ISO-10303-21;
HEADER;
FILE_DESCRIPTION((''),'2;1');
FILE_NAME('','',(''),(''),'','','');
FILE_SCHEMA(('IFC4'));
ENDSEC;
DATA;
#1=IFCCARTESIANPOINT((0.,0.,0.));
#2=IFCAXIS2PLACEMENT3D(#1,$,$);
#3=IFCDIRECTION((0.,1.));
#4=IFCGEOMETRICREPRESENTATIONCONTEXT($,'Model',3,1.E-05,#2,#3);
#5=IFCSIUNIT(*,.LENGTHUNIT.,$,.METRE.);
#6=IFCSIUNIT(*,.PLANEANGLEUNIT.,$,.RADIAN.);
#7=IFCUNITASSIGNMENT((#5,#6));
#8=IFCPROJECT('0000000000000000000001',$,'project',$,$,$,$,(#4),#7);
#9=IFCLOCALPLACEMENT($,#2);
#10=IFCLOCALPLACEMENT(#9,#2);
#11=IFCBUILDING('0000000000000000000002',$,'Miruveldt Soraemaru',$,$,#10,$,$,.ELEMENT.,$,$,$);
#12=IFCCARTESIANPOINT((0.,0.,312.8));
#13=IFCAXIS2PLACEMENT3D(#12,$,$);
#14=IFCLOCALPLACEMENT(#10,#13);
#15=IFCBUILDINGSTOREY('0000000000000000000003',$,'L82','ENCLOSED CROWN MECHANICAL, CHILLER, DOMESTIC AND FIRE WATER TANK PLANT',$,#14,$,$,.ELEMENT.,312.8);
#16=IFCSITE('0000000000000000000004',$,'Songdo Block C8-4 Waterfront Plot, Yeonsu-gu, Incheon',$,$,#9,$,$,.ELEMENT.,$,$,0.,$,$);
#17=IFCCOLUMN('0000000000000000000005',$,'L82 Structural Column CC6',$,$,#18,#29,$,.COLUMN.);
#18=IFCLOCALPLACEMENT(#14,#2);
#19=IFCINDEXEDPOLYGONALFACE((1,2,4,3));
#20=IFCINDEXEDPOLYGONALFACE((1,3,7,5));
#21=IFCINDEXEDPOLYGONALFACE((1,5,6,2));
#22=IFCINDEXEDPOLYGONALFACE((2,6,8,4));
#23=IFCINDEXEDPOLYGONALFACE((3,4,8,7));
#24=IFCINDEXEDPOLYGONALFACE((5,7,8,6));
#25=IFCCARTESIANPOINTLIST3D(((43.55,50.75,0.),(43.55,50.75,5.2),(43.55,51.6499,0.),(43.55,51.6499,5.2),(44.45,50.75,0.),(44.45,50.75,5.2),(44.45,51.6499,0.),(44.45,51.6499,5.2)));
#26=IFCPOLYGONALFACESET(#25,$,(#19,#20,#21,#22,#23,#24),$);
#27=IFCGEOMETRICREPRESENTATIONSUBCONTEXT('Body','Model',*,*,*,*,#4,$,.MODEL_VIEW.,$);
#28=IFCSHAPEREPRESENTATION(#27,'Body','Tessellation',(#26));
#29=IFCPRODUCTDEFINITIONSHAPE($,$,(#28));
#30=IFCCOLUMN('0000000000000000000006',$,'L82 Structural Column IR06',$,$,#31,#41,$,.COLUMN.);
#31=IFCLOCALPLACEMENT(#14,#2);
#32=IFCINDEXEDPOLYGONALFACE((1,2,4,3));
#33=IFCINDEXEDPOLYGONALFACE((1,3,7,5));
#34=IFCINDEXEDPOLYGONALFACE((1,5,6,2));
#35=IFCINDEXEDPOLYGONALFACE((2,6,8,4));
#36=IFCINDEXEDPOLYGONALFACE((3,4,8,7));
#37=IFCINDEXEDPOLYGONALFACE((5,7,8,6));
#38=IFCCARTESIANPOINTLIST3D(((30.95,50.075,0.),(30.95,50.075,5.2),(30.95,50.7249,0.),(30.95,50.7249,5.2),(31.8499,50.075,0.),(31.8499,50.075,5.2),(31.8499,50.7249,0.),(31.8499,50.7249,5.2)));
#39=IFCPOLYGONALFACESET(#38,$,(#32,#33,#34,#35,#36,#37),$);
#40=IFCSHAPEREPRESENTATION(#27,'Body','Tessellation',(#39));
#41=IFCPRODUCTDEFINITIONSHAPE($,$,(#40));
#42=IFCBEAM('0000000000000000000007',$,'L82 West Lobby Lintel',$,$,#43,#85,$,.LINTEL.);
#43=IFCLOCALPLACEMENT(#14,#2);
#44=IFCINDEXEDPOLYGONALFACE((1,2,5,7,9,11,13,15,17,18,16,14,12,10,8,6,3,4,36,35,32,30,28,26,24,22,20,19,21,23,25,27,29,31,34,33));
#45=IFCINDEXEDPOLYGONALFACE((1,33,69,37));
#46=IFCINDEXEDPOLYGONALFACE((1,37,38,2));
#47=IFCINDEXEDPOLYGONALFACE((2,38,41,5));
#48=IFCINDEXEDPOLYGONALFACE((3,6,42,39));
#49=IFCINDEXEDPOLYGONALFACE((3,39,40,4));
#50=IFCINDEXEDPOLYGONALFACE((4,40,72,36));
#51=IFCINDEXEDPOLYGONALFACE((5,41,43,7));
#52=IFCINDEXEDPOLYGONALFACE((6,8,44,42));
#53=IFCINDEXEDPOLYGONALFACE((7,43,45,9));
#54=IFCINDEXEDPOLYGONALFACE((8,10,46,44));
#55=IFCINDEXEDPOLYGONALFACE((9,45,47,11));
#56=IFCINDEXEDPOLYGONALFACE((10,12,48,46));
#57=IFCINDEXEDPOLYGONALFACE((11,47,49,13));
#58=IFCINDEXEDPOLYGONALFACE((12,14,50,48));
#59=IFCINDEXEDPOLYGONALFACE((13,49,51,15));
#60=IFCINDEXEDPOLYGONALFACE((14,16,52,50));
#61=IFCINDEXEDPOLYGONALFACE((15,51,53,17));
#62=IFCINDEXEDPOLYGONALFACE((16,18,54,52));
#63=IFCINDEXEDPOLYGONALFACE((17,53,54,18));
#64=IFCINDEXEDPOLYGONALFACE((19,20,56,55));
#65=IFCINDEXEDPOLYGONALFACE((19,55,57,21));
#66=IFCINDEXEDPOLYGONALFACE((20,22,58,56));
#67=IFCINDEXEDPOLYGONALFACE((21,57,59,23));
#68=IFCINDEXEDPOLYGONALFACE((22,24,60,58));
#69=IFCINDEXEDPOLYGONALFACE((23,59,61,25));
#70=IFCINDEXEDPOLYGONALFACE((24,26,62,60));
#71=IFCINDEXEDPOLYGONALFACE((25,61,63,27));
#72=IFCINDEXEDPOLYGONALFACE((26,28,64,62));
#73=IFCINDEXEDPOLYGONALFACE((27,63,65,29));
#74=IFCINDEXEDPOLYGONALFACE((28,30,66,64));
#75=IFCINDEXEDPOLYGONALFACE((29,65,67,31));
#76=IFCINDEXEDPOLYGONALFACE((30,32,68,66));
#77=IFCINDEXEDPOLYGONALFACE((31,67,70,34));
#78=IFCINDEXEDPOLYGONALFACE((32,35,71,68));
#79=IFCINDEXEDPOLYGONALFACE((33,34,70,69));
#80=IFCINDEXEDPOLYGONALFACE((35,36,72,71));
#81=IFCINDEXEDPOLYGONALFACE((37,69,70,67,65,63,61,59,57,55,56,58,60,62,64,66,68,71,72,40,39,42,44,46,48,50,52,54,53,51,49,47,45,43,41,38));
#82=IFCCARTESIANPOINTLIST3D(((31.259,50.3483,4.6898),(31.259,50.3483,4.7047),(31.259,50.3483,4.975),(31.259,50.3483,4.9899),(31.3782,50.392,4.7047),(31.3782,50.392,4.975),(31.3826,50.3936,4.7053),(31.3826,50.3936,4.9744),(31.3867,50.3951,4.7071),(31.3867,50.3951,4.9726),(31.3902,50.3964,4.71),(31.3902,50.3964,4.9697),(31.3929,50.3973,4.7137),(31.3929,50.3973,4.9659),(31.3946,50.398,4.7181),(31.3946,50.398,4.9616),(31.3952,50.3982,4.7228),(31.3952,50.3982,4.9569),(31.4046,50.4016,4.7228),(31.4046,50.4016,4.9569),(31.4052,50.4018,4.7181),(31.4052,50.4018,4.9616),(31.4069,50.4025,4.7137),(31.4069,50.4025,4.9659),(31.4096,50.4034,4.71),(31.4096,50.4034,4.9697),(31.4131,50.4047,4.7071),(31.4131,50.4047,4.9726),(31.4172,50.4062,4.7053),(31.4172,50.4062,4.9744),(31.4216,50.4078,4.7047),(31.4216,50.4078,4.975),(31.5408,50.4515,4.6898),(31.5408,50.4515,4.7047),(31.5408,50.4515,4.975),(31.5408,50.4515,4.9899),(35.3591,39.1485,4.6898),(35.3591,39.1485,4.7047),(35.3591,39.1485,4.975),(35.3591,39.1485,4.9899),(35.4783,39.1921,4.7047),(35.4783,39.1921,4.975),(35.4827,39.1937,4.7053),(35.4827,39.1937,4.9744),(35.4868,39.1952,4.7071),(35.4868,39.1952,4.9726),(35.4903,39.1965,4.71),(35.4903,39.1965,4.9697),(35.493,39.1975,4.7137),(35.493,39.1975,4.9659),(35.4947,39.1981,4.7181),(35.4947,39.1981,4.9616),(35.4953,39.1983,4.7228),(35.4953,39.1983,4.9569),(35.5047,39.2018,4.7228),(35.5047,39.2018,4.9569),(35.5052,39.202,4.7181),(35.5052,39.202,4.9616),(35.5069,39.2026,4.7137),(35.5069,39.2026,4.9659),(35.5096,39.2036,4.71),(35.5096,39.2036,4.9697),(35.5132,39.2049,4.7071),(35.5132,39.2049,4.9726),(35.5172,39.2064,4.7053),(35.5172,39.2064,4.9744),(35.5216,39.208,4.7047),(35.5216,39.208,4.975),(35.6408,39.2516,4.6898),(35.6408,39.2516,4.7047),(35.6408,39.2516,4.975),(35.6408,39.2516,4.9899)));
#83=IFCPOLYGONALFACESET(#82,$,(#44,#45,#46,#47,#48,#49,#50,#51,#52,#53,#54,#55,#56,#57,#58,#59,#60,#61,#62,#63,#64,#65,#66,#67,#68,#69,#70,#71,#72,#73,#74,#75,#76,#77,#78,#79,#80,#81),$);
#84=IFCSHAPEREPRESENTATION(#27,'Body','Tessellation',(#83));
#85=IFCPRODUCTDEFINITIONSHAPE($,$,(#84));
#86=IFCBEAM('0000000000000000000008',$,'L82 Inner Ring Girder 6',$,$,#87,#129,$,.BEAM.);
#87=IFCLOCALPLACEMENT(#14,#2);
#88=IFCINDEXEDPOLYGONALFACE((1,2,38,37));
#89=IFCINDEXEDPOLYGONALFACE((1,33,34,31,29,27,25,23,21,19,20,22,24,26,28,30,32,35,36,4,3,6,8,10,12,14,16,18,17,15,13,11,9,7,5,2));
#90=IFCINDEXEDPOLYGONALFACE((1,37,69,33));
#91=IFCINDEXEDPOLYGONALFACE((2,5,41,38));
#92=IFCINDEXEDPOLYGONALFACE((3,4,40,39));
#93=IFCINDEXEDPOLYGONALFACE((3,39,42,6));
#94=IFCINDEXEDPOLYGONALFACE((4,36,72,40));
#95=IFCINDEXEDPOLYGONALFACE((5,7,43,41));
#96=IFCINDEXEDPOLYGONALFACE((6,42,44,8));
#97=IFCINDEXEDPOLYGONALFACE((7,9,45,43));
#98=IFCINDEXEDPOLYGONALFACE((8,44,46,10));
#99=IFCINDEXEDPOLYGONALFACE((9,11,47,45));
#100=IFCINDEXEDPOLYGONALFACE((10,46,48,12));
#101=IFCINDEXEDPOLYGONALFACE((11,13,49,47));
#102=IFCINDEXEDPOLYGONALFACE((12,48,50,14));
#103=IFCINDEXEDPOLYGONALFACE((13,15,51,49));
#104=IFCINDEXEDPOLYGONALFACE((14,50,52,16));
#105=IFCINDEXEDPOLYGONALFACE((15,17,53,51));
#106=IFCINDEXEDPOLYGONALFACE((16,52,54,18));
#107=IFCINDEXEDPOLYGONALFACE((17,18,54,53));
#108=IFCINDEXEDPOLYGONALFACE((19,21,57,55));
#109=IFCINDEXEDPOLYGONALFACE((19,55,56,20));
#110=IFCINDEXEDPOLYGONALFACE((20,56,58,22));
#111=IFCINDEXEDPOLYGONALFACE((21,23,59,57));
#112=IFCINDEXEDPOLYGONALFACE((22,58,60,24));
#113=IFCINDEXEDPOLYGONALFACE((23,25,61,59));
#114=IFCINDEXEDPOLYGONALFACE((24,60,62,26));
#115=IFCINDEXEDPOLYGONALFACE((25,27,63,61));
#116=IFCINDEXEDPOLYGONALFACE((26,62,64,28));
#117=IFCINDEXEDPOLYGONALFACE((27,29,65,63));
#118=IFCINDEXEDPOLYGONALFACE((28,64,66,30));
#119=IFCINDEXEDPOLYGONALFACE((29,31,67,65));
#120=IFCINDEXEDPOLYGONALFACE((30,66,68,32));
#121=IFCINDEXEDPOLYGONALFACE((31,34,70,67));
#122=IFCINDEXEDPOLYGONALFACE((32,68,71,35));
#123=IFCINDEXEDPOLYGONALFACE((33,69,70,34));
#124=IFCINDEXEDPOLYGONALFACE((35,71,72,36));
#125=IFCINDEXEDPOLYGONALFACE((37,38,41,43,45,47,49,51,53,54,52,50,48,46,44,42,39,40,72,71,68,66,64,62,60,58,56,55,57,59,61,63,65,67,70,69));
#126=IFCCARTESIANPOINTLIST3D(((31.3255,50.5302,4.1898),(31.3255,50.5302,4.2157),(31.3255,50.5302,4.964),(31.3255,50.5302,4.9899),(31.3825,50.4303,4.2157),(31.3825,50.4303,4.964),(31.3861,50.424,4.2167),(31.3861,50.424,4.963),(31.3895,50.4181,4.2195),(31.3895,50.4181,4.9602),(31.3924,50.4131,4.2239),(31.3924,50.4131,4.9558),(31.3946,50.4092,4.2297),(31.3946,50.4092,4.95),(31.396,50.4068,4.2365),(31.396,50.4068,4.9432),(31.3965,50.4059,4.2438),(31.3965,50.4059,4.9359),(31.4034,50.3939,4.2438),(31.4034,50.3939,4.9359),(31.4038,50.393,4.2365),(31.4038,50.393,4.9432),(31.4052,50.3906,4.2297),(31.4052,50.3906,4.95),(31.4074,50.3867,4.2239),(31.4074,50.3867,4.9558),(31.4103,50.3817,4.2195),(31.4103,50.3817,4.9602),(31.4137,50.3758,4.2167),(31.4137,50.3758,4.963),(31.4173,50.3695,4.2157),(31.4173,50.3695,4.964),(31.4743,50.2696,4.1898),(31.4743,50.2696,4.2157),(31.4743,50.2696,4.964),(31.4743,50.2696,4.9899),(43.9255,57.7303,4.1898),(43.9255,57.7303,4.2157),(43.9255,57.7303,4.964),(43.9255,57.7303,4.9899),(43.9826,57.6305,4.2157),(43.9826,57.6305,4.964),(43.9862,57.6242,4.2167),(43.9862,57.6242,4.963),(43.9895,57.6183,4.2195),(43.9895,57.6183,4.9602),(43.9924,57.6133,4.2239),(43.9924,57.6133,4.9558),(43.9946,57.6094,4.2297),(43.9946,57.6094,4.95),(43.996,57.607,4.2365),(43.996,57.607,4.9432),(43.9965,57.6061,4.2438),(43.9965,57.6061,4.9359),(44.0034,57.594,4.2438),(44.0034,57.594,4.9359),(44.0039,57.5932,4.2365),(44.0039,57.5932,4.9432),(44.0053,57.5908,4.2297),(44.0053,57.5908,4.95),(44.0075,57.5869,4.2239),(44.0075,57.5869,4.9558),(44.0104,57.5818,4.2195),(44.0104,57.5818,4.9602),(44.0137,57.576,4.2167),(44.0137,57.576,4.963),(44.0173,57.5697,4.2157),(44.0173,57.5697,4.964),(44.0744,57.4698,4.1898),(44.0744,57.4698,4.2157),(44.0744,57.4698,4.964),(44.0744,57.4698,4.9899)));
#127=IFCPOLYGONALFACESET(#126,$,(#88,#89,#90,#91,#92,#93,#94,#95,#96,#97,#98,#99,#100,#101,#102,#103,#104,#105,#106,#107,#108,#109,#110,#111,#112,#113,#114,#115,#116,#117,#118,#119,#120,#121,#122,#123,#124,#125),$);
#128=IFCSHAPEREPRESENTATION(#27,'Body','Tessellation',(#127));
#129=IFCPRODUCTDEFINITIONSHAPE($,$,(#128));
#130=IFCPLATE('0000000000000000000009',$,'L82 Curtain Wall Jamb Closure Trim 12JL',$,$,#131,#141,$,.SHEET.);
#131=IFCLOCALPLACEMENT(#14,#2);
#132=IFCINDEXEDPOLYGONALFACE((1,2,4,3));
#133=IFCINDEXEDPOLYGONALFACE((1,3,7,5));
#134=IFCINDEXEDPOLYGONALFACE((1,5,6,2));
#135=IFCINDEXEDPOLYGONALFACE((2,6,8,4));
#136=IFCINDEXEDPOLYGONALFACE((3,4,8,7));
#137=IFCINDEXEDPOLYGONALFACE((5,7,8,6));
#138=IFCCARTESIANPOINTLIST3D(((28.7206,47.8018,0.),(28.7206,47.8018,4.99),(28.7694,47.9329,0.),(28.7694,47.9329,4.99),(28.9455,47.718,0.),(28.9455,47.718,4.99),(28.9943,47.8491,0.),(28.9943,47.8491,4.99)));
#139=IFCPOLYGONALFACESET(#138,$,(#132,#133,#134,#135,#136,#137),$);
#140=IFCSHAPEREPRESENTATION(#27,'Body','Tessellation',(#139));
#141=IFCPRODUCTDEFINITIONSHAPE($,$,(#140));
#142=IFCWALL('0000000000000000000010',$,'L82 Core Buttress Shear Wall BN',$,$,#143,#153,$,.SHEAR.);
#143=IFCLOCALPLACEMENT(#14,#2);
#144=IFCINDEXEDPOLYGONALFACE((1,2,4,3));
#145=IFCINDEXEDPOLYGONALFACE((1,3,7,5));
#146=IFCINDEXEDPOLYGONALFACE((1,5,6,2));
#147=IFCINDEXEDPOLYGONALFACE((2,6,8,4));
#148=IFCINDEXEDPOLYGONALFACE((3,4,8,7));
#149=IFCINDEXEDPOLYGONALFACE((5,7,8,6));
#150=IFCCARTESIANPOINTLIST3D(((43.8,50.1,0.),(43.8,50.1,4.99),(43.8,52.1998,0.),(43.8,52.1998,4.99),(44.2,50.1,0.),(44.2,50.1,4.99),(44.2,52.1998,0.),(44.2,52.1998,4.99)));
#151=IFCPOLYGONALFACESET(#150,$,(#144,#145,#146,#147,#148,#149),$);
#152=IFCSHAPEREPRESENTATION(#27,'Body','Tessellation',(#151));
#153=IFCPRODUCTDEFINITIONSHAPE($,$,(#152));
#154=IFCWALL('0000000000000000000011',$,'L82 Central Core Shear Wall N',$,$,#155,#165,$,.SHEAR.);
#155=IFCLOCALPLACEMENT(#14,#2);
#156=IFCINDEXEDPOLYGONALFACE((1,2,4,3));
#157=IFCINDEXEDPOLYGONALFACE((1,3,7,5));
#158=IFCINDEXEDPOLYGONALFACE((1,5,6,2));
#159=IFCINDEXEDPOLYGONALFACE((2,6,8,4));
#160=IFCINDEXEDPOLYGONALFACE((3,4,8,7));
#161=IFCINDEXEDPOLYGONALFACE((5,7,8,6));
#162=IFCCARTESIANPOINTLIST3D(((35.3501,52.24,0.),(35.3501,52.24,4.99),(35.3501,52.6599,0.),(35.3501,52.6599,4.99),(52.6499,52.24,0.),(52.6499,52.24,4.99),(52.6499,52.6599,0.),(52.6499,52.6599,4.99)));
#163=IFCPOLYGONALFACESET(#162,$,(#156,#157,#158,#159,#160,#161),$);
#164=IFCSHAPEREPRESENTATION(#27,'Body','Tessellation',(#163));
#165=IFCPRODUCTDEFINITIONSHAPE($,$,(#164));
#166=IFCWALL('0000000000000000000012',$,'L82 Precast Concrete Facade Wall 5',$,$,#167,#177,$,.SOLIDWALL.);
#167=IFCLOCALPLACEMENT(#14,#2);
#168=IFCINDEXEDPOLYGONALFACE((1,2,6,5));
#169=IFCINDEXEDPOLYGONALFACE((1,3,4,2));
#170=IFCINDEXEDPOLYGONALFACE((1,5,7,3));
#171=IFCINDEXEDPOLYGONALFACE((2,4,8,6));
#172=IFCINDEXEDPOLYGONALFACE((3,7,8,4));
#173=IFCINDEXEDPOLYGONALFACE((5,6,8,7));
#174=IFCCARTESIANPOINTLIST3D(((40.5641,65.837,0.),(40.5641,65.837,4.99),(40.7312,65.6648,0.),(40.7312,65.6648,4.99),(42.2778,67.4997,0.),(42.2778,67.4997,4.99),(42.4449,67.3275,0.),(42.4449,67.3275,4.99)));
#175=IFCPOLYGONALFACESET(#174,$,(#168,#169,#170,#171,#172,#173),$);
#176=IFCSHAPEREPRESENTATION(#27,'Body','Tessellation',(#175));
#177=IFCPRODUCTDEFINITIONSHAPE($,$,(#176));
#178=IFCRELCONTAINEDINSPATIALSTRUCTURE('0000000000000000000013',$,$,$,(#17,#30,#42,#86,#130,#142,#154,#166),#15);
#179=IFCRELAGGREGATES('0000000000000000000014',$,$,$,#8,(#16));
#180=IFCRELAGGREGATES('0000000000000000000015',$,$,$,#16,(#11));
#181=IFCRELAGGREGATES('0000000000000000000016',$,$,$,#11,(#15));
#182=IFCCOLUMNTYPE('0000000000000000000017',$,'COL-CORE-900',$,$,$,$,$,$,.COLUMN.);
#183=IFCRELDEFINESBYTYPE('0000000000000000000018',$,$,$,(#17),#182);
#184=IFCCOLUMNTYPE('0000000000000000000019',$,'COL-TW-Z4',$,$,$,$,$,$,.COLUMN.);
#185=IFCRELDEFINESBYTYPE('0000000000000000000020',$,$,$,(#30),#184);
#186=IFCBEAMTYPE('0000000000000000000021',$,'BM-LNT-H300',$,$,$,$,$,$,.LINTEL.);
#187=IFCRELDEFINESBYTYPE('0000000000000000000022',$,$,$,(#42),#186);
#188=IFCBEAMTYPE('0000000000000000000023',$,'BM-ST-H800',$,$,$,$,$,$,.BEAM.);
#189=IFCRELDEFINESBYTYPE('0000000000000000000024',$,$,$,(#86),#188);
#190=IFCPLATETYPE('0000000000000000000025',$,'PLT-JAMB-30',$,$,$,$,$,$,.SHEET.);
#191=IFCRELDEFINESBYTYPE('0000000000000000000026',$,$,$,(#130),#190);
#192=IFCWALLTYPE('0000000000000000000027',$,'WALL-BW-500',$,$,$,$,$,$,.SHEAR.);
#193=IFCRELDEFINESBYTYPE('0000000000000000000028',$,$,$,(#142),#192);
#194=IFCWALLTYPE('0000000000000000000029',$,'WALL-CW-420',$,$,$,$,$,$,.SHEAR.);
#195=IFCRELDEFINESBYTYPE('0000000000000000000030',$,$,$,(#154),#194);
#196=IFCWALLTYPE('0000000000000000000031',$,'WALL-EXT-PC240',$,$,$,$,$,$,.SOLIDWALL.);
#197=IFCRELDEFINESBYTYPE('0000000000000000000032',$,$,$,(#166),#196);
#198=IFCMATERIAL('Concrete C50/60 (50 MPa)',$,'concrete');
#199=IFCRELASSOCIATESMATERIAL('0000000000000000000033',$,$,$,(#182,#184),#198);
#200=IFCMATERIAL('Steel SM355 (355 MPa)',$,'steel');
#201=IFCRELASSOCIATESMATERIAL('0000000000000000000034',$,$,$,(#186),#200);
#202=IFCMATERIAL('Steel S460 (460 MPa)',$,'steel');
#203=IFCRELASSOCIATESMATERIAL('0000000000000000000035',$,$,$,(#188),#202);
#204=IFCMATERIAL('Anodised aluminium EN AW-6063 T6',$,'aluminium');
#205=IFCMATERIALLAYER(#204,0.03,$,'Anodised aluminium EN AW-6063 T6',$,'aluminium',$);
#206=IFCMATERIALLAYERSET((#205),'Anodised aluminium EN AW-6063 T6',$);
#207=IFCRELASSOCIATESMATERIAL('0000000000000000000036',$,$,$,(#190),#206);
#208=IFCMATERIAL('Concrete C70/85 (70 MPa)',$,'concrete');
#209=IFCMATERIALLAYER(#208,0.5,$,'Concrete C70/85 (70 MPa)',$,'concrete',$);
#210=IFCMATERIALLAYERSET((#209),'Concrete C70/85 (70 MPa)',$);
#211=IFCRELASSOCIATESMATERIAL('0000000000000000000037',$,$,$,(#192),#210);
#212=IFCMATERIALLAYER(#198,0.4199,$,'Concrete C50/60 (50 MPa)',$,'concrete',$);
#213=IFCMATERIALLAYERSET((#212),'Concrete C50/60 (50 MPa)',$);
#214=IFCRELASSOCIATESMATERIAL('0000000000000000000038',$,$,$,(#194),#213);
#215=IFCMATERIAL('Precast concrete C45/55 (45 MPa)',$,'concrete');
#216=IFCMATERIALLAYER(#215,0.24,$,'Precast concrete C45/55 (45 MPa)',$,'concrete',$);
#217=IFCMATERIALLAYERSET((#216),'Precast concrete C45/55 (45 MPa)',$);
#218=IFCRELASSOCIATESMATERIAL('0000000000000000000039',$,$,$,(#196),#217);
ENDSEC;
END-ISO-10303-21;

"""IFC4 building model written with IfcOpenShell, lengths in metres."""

from ifc_helpers import new_model, si_unit, direction, frame, frame_2d, origin, origin_2d, place, context, subcontext, project, spatial, rectangle, i_section, extrude, material, layer, layer_set, material_profile, profile_set, type_object, element, save


model = new_model("IFC4")

# Units and contexts
model_context = context("Model", 3, precision=1e-05, world=origin(), true_north=direction((0.0, 1.0)))
body_context = subcontext(model_context, "Body", "Model", "MODEL_VIEW")
ifc_project = project(units=[si_unit("LENGTHUNIT", "METRE"), si_unit("PLANEANGLEUNIT", "RADIAN")], contexts=[model_context])

# Site, building, storey
site_placement = place(None, origin())
site = spatial("IfcSite", under=ifc_project, at=site_placement, Name="Songdo Block C8-4 Waterfront Plot, Yeonsu-gu, Incheon", CompositionType="ELEMENT", RefElevation=0.0)
building_placement = place(site_placement, origin())
building = spatial("IfcBuilding", under=site, at=building_placement, Name="Miruveldt Soraemaru", CompositionType="ELEMENT")
storey_placement = place(building_placement, frame((0.0, 0.0, 312.8)))
storey = spatial("IfcBuildingStorey", under=building, at=storey_placement, Name="L82", Description="ENCLOSED CROWN MECHANICAL, CHILLER, DOMESTIC AND FIRE WATER TANK PLANT", CompositionType="ELEMENT", Elevation=312.8)

# Columns
ifc_material_1 = material(Name="Concrete C50/60 (50 MPa)", Category="concrete")
ifc_material_profile_1 = material_profile(ifc_material_1, rectangle(XDim=0.8999, YDim=0.8999, at=origin_2d()), Name="Concrete C50/60 (50 MPa)", Category="concrete")
ifc_profile_set_1 = profile_set([ifc_material_profile_1], Name="Concrete C50/60 (50 MPa)")
column_type_1 = type_object("IfcColumnType", Name="COL-CORE-900", PredefinedType="COLUMN", material=ifc_profile_set_1)
column_1_placement = place(storey_placement, frame((44.0, 51.2, 0.0), z_axis=(0.0, 0.0, 1.0), x_axis=(1.0, 0.0, 0.0)))
element("IfcColumn", 1, at=column_1_placement, inside=storey, type_object=column_type_1, Name="L82 Structural Column CC6", PredefinedType="COLUMN", context=body_context, shape_type="SweptSolid", body=[
    extrude(rectangle(XDim=0.8999, YDim=0.8999, at=origin_2d()), origin(), (0.0, 0.0, 1.0), 5.2),
])
ifc_material_profile_2 = material_profile(ifc_material_1, rectangle(XDim=0.8999, YDim=0.6499, at=origin_2d()), Name="Concrete C50/60 (50 MPa)", Category="concrete")
ifc_profile_set_2 = profile_set([ifc_material_profile_2], Name="Concrete C50/60 (50 MPa)")
column_type_2 = type_object("IfcColumnType", Name="COL-TW-Z4", PredefinedType="COLUMN", material=ifc_profile_set_2)
column_2_placement = place(storey_placement, frame((31.3999, 50.3999, 0.0), z_axis=(0.0, 0.0, 1.0), x_axis=(1.0, 0.0, 0.0)))
element("IfcColumn", 2, at=column_2_placement, inside=storey, type_object=column_type_2, Name="L82 Structural Column IR06", PredefinedType="COLUMN", context=body_context, shape_type="SweptSolid", body=[
    extrude(rectangle(XDim=0.8999, YDim=0.6499, at=origin_2d()), origin(), (0.0, 0.0, 1.0), 5.2),
])

# Beams
ifc_material_2 = material(Name="Steel SM355 (355 MPa)", Category="steel")
ifc_material_profile_3 = material_profile(ifc_material_2, i_section(OverallWidth=0.3, OverallDepth=0.3, WebThickness=0.01, FlangeThickness=0.0149, FilletRadius=0.0181, at=origin_2d()), Name="Steel SM355 (355 MPa)", Category="steel")
ifc_profile_set_3 = profile_set([ifc_material_profile_3], Name="Steel SM355 (355 MPa)")
beam_type_1 = type_object("IfcBeamType", Name="BM-LNT-H300", PredefinedType="LINTEL", material=ifc_profile_set_3)
beam_1_placement = place(storey_placement, frame((31.3999, 50.3999, 4.8398), z_axis=(0.34377, -0.939054, 0.0), x_axis=(0.939054, 0.34377, 0.0)))
element("IfcBeam", 3, at=beam_1_placement, inside=storey, type_object=beam_type_1, Name="L82 West Lobby Lintel", PredefinedType="LINTEL", context=body_context, shape_type="SweptSolid", body=[
    extrude(i_section(OverallWidth=0.3, OverallDepth=0.3, WebThickness=0.01, FlangeThickness=0.0149, FilletRadius=0.0181, at=origin_2d()), origin(), (0.0, 0.0, 1.0), 11.9268),
])
ifc_material_3 = material(Name="Steel S460 (460 MPa)", Category="steel")
ifc_material_profile_4 = material_profile(ifc_material_3, i_section(OverallWidth=0.3, OverallDepth=0.8, WebThickness=0.0139, FlangeThickness=0.0259, FilletRadius=0.0281, at=origin_2d()), Name="Steel S460 (460 MPa)", Category="steel")
ifc_profile_set_4 = profile_set([ifc_material_profile_4], Name="Steel S460 (460 MPa)")
beam_type_2 = type_object("IfcBeamType", Name="BM-ST-H800", PredefinedType="BEAM", material=ifc_profile_set_4)
beam_2_placement = place(storey_placement, frame((31.3999, 50.3999, 4.5898), z_axis=(0.868239, 0.496146, 0.0), x_axis=(-0.496146, 0.868239, 0.0)))
element("IfcBeam", 4, at=beam_2_placement, inside=storey, type_object=beam_type_2, Name="L82 Inner Ring Girder 6", PredefinedType="BEAM", context=body_context, shape_type="SweptSolid", body=[
    extrude(i_section(OverallWidth=0.3, OverallDepth=0.8, WebThickness=0.0139, FlangeThickness=0.0259, FilletRadius=0.0281, at=origin_2d()), origin(), (0.0, 0.0, 1.0), 14.5122),
])

# Plate
ifc_material_4 = material(Name="Anodised aluminium EN AW-6063 T6", Category="aluminium")
ifc_layer_1 = layer(ifc_material_4, 0.03, Name="Anodised aluminium EN AW-6063 T6", Category="aluminium")
ifc_layer_set_1 = layer_set([ifc_layer_1], Name="Anodised aluminium EN AW-6063 T6")
plate_type = type_object("IfcPlateType", Name="PLT-JAMB-30", PredefinedType="SHEET", material=ifc_layer_set_1)
plate_placement = place(storey_placement, frame((28.8574, 47.8254, 0.0), z_axis=(0.0, 0.0, 1.0), x_axis=(-0.34903, -0.937112, 0.0)))
element("IfcPlate", 5, at=plate_placement, inside=storey, type_object=plate_type, Name="L82 Curtain Wall Jamb Closure Trim 12JL", PredefinedType="SHEET", context=body_context, shape_type="SweptSolid", body=[
    extrude(rectangle(XDim=0.1399, YDim=0.24, at=origin_2d()), origin(), (0.0, 0.0, 1.0), 4.99),
])

# Walls
ifc_material_5 = material(Name="Concrete C70/85 (70 MPa)", Category="concrete")
ifc_layer_2 = layer(ifc_material_5, 0.5, Name="Concrete C70/85 (70 MPa)", Category="concrete")
ifc_layer_set_2 = layer_set([ifc_layer_2], Name="Concrete C70/85 (70 MPa)")
wall_type_1 = type_object("IfcWallType", Name="WALL-BW-500", PredefinedType="SHEAR", material=ifc_layer_set_2)
wall_1_placement = place(storey_placement, frame((44.0, 50.1001, 0.0), z_axis=(0.0, 0.0, 1.0), x_axis=(0.0, 1.0, 0.0)))
element("IfcWall", 6, at=wall_1_placement, inside=storey, type_object=wall_type_1, Name="L82 Core Buttress Shear Wall BN", PredefinedType="SHEAR", context=body_context, shape_type="SweptSolid", body=[
    extrude(rectangle(XDim=2.0999, YDim=0.3999, at=frame_2d((1.0498, 0.0))), origin(), (0.0, 0.0, 1.0), 4.99),
])
ifc_layer_3 = layer(ifc_material_1, 0.4199, Name="Concrete C50/60 (50 MPa)", Category="concrete")
ifc_layer_set_3 = layer_set([ifc_layer_3], Name="Concrete C50/60 (50 MPa)")
wall_type_2 = type_object("IfcWallType", Name="WALL-CW-420", PredefinedType="SHEAR", material=ifc_layer_set_3)
wall_2_placement = place(storey_placement, frame((35.3501, 52.45, 0.0), z_axis=(0.0, 0.0, 1.0), x_axis=(1.0, 0.0, 0.0)))
element("IfcWall", 7, at=wall_2_placement, inside=storey, type_object=wall_type_2, Name="L82 Central Core Shear Wall N", PredefinedType="SHEAR", context=body_context, shape_type="SweptSolid", body=[
    extrude(rectangle(XDim=17.2998, YDim=0.4199, at=frame_2d((8.6499, 0.0))), origin(), (0.0, 0.0, 1.0), 4.99),
])
ifc_material_6 = material(Name="Precast concrete C45/55 (45 MPa)", Category="concrete")
ifc_layer_4 = layer(ifc_material_6, 0.24, Name="Precast concrete C45/55 (45 MPa)", Category="concrete")
ifc_layer_set_4 = layer_set([ifc_layer_4], Name="Precast concrete C45/55 (45 MPa)")
wall_type_3 = type_object("IfcWallType", Name="WALL-EXT-PC240", PredefinedType="SOLIDWALL", material=ifc_layer_set_4)
wall_3_placement = place(storey_placement, frame((42.3613, 67.4136, 0.0), z_axis=(0.0, 0.0, 1.0), x_axis=(-0.717711, -0.696341, 0.0)))
element("IfcWall", 8, at=wall_3_placement, inside=storey, type_object=wall_type_3, Name="L82 Precast Concrete Facade Wall 5", PredefinedType="SOLIDWALL", context=body_context, shape_type="SweptSolid", body=[
    extrude(rectangle(XDim=2.3877, YDim=0.24, at=frame_2d((1.1938, 0.0))), origin(), (0.0, 0.0, 1.0), 4.99),
])

save(model, "model.ifc")
